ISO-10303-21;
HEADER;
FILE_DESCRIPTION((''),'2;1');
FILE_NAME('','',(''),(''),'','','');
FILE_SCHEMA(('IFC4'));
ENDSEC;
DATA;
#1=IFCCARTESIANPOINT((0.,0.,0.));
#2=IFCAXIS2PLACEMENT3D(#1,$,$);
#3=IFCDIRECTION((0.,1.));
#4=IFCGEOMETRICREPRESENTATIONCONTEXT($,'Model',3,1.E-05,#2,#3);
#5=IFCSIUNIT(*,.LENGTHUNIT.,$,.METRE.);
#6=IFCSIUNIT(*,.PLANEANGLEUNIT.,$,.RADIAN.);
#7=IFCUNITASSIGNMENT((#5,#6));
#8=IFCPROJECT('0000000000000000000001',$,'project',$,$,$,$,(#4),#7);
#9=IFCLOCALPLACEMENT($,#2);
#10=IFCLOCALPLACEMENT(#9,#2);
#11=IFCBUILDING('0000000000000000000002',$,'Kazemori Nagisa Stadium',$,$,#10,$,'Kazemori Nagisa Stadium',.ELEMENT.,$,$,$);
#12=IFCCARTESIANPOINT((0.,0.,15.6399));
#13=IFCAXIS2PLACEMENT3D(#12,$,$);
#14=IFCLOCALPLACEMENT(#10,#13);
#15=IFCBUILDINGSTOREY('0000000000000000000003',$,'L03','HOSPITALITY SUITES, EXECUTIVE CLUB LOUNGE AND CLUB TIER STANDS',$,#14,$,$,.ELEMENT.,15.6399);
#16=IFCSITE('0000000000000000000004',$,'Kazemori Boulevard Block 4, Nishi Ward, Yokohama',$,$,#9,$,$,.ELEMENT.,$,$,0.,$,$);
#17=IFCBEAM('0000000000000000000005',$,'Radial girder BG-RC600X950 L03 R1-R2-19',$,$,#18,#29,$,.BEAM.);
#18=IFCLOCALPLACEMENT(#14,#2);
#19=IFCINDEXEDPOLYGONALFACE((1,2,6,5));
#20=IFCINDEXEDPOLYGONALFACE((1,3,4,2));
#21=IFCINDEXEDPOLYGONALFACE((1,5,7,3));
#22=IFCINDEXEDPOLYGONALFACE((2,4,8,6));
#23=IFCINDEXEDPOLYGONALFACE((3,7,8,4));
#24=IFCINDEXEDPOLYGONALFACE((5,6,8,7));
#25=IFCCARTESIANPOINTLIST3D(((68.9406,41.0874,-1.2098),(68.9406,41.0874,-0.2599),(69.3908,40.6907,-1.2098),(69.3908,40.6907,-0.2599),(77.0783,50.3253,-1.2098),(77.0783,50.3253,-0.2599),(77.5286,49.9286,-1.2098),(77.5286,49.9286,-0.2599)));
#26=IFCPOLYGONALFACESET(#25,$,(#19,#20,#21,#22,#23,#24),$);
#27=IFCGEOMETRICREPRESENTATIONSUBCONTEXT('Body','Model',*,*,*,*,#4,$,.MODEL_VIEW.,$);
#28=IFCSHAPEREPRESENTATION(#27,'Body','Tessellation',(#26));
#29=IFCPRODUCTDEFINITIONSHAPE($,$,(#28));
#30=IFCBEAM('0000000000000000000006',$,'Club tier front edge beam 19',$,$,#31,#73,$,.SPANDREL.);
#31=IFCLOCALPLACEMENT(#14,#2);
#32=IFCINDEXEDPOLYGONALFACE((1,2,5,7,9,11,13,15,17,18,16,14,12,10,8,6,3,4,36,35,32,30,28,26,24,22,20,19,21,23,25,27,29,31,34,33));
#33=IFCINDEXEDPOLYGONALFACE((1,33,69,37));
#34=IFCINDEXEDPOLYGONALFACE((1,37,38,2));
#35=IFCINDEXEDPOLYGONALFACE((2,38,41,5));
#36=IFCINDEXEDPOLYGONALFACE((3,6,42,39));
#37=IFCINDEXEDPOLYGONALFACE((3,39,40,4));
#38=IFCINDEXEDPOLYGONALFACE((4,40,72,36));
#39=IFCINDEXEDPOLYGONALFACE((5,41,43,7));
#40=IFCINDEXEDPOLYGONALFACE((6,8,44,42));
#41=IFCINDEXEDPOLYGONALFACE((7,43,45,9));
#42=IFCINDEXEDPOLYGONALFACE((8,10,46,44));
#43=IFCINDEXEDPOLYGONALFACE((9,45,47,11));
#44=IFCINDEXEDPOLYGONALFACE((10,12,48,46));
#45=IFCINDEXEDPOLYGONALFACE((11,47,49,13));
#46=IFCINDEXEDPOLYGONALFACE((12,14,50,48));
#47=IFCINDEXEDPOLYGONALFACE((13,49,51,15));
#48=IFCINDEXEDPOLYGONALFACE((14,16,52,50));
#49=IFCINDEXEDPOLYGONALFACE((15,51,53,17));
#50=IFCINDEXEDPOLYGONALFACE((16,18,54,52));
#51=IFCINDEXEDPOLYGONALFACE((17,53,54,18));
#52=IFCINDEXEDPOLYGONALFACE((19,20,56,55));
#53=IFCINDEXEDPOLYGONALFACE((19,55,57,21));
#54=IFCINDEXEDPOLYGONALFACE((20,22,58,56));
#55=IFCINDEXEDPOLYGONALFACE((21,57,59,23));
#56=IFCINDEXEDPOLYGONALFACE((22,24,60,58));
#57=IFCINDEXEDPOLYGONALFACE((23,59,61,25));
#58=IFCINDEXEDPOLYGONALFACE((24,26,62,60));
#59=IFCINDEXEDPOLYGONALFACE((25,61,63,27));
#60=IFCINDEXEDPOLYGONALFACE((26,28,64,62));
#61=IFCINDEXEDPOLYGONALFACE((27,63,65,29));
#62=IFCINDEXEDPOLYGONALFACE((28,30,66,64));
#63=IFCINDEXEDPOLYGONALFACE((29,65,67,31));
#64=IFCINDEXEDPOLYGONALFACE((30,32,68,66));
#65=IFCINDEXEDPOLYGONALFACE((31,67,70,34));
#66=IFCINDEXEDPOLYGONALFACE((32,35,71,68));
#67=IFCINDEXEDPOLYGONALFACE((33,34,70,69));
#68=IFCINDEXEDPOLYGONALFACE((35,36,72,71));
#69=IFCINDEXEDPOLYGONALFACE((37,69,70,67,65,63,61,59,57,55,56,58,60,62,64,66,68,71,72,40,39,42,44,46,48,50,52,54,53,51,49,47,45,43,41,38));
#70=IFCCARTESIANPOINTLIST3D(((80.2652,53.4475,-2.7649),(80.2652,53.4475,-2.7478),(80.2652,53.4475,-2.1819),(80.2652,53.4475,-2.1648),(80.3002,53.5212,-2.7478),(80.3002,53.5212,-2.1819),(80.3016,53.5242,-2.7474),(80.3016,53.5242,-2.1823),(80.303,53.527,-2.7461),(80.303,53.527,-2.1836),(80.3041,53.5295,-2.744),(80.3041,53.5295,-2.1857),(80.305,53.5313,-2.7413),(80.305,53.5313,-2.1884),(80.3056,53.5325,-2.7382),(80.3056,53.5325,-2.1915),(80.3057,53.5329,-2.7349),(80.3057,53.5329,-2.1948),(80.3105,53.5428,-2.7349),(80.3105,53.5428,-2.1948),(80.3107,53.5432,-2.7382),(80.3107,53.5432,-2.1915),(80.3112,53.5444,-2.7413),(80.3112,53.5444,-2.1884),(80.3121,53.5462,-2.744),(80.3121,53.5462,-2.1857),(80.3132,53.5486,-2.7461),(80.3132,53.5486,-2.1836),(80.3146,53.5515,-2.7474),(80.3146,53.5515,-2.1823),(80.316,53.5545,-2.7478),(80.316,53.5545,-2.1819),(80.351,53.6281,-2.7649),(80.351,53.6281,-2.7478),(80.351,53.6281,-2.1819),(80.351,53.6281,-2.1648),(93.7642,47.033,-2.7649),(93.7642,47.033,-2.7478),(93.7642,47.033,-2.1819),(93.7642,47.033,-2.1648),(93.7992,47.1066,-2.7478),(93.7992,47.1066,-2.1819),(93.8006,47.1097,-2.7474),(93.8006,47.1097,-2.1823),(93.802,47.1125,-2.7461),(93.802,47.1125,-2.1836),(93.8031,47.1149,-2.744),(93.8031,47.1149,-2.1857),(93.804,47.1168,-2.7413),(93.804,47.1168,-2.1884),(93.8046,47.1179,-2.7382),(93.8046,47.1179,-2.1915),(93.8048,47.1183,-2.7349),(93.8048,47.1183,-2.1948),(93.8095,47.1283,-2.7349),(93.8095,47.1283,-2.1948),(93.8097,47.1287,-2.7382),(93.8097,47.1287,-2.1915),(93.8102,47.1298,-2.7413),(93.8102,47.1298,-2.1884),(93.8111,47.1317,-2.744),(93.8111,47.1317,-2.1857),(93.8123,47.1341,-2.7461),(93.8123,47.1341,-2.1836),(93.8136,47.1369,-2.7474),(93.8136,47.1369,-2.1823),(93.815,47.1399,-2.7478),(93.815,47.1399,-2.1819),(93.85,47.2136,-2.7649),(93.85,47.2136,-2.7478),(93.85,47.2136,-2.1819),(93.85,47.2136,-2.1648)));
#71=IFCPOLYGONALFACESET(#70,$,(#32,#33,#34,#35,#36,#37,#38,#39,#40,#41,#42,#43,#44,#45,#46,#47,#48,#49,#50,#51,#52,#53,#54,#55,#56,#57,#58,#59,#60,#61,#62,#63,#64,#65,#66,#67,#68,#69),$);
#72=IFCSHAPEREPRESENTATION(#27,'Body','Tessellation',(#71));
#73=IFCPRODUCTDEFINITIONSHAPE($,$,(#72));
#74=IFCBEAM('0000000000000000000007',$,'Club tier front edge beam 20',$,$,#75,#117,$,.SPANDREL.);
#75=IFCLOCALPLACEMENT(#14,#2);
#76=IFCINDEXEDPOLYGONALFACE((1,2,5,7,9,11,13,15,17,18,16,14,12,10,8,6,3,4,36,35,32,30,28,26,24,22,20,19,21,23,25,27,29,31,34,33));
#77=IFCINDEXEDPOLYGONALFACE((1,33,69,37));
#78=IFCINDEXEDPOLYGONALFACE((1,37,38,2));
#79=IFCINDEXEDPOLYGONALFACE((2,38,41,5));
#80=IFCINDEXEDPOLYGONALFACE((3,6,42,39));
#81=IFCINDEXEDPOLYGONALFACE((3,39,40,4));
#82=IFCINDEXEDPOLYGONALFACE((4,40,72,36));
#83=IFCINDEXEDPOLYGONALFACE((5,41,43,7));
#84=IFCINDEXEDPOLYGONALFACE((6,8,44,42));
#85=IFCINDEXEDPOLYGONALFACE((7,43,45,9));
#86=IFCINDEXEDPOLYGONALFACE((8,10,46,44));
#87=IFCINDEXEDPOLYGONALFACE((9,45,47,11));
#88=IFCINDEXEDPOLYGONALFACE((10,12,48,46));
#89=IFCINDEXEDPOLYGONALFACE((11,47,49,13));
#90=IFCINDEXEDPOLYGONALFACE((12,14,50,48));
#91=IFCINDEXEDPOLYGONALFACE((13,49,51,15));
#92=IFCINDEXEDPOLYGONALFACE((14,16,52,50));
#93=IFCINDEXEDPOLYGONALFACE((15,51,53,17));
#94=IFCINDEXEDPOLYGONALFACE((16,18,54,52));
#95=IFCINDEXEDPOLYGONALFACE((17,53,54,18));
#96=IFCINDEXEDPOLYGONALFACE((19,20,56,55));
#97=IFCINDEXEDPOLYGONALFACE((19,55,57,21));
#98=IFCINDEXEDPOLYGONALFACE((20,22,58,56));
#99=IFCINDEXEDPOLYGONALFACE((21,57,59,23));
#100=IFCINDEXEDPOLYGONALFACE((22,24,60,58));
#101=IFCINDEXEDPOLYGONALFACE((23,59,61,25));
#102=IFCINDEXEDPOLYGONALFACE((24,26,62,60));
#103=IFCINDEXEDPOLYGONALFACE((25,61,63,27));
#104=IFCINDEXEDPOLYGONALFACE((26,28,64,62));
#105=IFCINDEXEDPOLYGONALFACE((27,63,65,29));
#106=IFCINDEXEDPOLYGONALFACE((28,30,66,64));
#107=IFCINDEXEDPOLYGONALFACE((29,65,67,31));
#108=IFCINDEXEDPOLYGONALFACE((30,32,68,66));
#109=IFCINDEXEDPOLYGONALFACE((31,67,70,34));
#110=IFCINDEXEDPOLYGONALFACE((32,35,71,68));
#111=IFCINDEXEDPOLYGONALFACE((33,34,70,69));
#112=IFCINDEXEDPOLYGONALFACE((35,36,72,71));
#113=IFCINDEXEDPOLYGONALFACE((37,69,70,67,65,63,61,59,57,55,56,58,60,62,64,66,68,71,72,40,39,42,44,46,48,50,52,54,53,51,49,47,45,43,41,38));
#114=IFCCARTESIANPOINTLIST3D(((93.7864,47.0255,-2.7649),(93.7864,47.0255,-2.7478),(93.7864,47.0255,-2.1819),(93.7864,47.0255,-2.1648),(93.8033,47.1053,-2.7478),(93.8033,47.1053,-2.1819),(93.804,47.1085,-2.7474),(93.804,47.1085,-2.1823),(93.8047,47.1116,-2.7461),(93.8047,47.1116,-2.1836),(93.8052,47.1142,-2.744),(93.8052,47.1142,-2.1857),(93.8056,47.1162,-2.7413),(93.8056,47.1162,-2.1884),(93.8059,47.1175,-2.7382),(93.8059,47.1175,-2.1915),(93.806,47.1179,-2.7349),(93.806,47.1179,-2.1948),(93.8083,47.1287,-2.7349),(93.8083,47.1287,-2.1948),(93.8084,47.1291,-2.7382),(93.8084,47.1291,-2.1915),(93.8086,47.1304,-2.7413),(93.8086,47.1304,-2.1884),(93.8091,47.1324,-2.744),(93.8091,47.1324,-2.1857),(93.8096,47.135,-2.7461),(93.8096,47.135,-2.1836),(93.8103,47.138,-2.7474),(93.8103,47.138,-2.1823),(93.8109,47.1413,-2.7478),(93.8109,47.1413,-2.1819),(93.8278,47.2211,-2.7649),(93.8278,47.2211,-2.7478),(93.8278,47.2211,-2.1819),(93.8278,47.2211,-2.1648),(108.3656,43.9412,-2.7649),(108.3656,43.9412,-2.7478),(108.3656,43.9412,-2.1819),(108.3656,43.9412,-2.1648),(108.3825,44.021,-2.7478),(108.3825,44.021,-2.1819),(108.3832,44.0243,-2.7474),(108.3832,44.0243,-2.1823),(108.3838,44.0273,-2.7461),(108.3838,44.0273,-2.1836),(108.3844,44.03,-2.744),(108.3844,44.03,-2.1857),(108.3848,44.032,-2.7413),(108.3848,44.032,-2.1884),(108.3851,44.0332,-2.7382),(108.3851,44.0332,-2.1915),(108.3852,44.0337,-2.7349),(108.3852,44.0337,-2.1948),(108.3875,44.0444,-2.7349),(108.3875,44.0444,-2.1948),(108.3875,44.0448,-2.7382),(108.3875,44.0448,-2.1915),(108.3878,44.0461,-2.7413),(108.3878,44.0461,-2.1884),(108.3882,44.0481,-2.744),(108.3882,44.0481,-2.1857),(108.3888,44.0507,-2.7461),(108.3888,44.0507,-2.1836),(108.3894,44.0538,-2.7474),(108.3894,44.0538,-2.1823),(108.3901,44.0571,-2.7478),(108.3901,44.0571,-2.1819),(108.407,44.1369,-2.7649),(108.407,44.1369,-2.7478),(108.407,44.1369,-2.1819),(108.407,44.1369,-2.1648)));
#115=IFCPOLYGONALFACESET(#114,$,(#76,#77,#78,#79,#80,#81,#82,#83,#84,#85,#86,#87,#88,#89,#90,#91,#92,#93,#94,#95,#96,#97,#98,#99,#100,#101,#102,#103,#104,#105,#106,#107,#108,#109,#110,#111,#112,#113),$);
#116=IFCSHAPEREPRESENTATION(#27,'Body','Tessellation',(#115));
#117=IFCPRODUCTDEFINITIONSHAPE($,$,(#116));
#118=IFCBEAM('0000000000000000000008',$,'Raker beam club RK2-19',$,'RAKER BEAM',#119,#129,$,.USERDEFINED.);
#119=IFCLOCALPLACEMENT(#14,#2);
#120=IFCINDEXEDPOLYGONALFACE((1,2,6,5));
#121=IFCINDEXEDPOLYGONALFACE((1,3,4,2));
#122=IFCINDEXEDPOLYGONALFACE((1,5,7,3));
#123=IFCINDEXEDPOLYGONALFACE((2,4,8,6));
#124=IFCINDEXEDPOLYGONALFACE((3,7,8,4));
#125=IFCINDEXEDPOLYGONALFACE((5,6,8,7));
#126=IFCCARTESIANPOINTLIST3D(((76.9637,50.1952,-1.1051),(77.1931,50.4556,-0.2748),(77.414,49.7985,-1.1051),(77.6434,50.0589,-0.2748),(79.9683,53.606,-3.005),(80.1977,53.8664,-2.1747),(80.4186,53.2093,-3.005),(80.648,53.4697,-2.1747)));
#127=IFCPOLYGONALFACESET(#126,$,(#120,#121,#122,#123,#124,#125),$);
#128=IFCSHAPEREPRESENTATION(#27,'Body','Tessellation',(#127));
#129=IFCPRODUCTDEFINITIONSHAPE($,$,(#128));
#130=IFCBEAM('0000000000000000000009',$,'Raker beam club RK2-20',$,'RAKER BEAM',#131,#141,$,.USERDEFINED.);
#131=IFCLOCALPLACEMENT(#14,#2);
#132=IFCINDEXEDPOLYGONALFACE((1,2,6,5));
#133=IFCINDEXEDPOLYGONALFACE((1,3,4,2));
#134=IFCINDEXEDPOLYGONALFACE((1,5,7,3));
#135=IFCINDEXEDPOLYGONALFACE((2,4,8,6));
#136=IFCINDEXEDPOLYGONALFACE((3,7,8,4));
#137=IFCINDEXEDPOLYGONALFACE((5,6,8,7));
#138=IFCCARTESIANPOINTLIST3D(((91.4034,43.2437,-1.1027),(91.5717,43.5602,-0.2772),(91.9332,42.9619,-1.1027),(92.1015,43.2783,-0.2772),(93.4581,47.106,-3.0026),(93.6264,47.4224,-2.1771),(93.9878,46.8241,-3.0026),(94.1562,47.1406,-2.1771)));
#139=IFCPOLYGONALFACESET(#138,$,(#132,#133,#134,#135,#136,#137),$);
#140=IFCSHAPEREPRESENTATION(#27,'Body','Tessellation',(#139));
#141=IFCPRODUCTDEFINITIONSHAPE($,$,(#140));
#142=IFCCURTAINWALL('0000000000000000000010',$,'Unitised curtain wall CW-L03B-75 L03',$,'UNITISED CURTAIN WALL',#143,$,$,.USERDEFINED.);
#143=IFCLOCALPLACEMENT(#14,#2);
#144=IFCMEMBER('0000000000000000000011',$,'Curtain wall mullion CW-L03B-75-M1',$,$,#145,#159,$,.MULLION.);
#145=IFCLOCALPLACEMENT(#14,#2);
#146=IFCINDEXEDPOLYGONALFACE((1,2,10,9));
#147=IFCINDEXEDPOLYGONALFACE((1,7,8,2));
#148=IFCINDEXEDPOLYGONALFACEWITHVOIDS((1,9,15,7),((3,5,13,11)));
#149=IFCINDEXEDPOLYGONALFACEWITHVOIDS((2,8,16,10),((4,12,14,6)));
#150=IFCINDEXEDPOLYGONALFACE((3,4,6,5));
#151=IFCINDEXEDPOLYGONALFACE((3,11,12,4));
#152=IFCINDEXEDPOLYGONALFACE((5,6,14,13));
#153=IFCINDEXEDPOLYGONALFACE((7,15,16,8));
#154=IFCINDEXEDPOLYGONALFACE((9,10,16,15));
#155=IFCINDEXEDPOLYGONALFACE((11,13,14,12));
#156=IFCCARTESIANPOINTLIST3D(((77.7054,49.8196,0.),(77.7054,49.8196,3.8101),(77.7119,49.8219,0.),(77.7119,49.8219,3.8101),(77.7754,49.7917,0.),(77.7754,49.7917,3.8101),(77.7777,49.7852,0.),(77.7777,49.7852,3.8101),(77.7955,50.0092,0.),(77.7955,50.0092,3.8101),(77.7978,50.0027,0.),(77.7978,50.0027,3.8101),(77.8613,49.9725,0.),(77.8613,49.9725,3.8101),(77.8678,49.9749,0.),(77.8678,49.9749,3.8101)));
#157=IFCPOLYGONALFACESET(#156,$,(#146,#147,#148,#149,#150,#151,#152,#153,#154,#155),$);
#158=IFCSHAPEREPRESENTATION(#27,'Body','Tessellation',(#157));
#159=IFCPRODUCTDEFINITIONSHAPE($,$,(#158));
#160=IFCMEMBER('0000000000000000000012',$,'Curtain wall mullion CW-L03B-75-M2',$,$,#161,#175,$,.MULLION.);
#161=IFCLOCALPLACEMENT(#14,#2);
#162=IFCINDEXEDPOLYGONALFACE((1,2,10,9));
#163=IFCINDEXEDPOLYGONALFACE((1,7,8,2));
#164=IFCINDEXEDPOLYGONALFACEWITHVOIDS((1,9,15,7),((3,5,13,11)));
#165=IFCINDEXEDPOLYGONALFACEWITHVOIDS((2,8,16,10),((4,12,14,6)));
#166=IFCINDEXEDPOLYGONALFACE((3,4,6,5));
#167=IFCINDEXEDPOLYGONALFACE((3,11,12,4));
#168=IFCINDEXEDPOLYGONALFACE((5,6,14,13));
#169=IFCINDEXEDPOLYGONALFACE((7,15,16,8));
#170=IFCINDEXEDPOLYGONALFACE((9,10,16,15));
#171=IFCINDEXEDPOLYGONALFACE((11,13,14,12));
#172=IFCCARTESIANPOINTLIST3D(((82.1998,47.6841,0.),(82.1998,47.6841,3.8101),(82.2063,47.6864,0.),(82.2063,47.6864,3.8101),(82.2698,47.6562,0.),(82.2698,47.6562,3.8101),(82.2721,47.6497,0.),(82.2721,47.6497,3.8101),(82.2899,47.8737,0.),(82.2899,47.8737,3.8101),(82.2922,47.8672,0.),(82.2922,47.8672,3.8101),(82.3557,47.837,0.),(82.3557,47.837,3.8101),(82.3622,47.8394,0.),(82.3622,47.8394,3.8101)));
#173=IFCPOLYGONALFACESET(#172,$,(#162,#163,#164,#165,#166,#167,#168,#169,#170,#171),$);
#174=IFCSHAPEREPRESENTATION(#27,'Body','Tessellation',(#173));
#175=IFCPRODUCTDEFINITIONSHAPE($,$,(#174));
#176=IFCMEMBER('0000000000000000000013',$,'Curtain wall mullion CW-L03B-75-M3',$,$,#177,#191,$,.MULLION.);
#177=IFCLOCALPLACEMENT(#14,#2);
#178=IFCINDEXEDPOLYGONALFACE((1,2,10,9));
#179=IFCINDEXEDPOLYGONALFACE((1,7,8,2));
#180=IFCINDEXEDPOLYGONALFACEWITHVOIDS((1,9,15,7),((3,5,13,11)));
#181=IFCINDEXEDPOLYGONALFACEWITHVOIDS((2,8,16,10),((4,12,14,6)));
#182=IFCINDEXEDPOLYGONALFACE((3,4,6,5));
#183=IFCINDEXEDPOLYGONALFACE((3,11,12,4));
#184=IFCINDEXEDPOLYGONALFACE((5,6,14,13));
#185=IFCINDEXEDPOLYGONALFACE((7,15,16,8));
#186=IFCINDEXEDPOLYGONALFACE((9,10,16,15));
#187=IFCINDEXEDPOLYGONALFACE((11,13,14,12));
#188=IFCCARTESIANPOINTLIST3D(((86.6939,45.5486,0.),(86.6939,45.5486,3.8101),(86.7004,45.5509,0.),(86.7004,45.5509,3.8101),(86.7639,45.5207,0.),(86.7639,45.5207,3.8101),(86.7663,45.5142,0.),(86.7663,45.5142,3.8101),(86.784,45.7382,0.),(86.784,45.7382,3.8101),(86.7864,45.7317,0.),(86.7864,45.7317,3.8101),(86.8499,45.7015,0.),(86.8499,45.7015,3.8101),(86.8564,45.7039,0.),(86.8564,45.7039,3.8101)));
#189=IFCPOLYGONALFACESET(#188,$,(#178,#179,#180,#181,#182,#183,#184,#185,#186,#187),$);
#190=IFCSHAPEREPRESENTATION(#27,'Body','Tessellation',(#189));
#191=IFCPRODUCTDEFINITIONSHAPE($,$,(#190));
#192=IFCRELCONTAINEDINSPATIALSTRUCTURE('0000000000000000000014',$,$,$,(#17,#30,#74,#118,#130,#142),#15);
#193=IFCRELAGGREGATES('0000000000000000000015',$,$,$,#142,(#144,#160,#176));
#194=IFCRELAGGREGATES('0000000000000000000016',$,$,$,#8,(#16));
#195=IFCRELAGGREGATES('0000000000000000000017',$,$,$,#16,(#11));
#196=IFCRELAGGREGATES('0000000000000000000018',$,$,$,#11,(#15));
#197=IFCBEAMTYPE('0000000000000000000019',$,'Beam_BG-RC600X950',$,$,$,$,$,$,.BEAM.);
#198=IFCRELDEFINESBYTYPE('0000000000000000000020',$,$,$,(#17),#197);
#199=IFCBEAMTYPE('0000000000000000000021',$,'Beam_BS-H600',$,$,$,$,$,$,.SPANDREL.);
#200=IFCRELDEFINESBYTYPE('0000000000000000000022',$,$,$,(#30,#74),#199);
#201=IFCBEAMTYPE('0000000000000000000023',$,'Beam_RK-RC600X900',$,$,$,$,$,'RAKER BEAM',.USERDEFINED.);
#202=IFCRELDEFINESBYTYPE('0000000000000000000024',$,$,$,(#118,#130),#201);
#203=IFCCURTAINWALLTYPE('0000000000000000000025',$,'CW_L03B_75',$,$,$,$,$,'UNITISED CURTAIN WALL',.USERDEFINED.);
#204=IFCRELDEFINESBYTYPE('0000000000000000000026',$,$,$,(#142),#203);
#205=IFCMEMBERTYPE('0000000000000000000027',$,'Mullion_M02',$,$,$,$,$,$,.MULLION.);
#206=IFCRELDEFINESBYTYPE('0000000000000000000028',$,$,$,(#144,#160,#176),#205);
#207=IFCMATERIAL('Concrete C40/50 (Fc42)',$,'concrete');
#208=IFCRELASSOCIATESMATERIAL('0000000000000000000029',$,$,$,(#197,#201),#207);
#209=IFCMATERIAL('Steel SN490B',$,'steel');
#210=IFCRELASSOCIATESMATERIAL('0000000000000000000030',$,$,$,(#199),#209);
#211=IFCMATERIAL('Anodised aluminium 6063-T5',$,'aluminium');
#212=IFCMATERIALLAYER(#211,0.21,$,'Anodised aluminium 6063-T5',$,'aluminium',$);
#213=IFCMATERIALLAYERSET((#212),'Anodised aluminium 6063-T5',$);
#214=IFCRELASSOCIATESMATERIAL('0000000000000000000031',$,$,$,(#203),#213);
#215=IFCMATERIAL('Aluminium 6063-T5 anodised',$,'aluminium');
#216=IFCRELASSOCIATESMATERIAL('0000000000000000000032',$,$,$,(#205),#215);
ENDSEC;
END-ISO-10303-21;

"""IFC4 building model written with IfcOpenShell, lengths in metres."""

from ifc_helpers import new_model, si_unit, direction, frame, origin, origin_2d, place, context, subcontext, project, spatial, rectangle, hollow_rectangle, i_section, extrude, material, layer, layer_set, material_profile, profile_set, type_object, element, aggregate, save


model = new_model("IFC4")

# Units and contexts
model_context = context("Model", 3, precision=1e-05, world=origin(), true_north=direction((0.0, 1.0)))
body_context = subcontext(model_context, "Body", "Model", "MODEL_VIEW")
ifc_project = project(units=[si_unit("LENGTHUNIT", "METRE"), si_unit("PLANEANGLEUNIT", "RADIAN")], contexts=[model_context])

# Site, building, storey
site_placement = place(None, origin())
site = spatial("IfcSite", under=ifc_project, at=site_placement, Name="Kazemori Boulevard Block 4, Nishi Ward, Yokohama", CompositionType="ELEMENT", RefElevation=0.0)
building_placement = place(site_placement, origin())
building = spatial("IfcBuilding", under=site, at=building_placement, Name="Kazemori Nagisa Stadium", LongName="Kazemori Nagisa Stadium", CompositionType="ELEMENT")
storey_placement = place(building_placement, frame((0.0, 0.0, 15.6399)))
storey = spatial("IfcBuildingStorey", under=building, at=storey_placement, Name="L03", Description="HOSPITALITY SUITES, EXECUTIVE CLUB LOUNGE AND CLUB TIER STANDS", CompositionType="ELEMENT", Elevation=15.6399)

# Beams
ifc_material_1 = material(Name="Concrete C40/50 (Fc42)", Category="concrete")
ifc_material_profile_1 = material_profile(ifc_material_1, rectangle(XDim=0.6001, YDim=0.95, at=origin_2d()), Name="RC-BM-600x950")
ifc_profile_set_1 = profile_set([ifc_material_profile_1], Name="Concrete C40/50 (Fc42)")
beam_type_1 = type_object("IfcBeamType", Name="Beam_BG-RC600X950", PredefinedType="BEAM", material=ifc_profile_set_1)
beam_1_placement = place(storey_placement, frame((77.3035, 50.127, -0.7349), z_axis=(-0.661014, -0.750374, 0.0), x_axis=(0.750374, -0.661014, 0.0)))
element("IfcBeam", 1, at=beam_1_placement, inside=storey, type_object=beam_type_1, Name="Radial girder BG-RC600X950 L03 R1-R2-19", PredefinedType="BEAM", context=body_context, shape_type="SweptSolid", body=[
    extrude(rectangle(XDim=0.6001, YDim=0.95, at=origin_2d()), origin(), (0.0, 0.0, 1.0), 12.311),
])
ifc_material_2 = material(Name="Steel SN490B", Category="steel")
ifc_material_profile_2 = material_profile(ifc_material_2, i_section(OverallWidth=0.2, OverallDepth=0.6001, WebThickness=0.011, FlangeThickness=0.0171, FilletRadius=0.0129, at=origin_2d()), Name="H-600x200x11x17")
ifc_profile_set_2 = profile_set([ifc_material_profile_2], Name="Steel SN490B")
beam_type_2 = type_object("IfcBeamType", Name="Beam_BS-H600", PredefinedType="SPANDREL", material=ifc_profile_set_2)
beam_2_placement = place(storey_placement, frame((80.3081, 53.5378, -2.4648), z_axis=(0.903212, -0.429194, 0.0), x_axis=(0.429194, 0.903212, 0.0)))
element("IfcBeam", 2, at=beam_2_placement, inside=storey, type_object=beam_type_2, Name="Club tier front edge beam 19", PredefinedType="SPANDREL", context=body_context, shape_type="SweptSolid", body=[
    extrude(i_section(OverallWidth=0.2, OverallDepth=0.6001, WebThickness=0.011, FlangeThickness=0.0171, FilletRadius=0.0129, at=origin_2d()), origin(), (0.0, 0.0, 1.0), 14.9456),
])
beam_3_placement = place(storey_placement, frame((93.8071, 47.1233, -2.4648), z_axis=(0.978347, -0.206971, 0.0), x_axis=(0.206971, 0.978347, 0.0)))
element("IfcBeam", 3, at=beam_3_placement, inside=storey, type_object=beam_type_2, Name="Club tier front edge beam 20", PredefinedType="SPANDREL", context=body_context, shape_type="SweptSolid", body=[
    extrude(i_section(OverallWidth=0.2, OverallDepth=0.6001, WebThickness=0.011, FlangeThickness=0.0171, FilletRadius=0.0129, at=origin_2d()), origin(), (0.0, 0.0, 1.0), 14.9019),
])
ifc_material_profile_3 = material_profile(ifc_material_1, rectangle(XDim=0.6001, YDim=0.8999, at=origin_2d()), Name="RC-RK-600x900")
ifc_profile_set_3 = profile_set([ifc_material_profile_3], Name="Concrete C40/50 (Fc42)")
beam_type_3 = type_object("IfcBeamType", Name="Beam_RK-RC600X900", ElementType="RAKER BEAM", PredefinedType="USERDEFINED", material=ifc_profile_set_3)
beam_4_placement = place(storey_placement, frame((80.3081, 53.5378, -2.5898), z_axis=(-0.609878, -0.692338, 0.38564), x_axis=(0.75038, -0.661007, 0.0)))
element("IfcBeam", 4, at=beam_4_placement, inside=storey, type_object=beam_type_3, Name="Raker beam club RK2-19", ObjectType="RAKER BEAM", PredefinedType="USERDEFINED", context=body_context, shape_type="SweptSolid", body=[
    extrude(rectangle(XDim=0.6001, YDim=0.8999, at=origin_2d()), origin(), (0.0, 0.0, 1.0), 4.9265),
])
beam_5_placement = place(storey_placement, frame((93.8071, 47.1233, -2.5898), z_axis=(-0.430791, -0.809781, 0.398339), x_axis=(0.882847, -0.469661, 0.0)))
element("IfcBeam", 5, at=beam_5_placement, inside=storey, type_object=beam_type_3, Name="Raker beam club RK2-20", ObjectType="RAKER BEAM", PredefinedType="USERDEFINED", context=body_context, shape_type="SweptSolid", body=[
    extrude(rectangle(XDim=0.6001, YDim=0.8999, at=origin_2d()), origin(), (0.0, 0.0, 1.0), 4.7695),
])

# Curtain wall, members
ifc_material_3 = material(Name="Anodised aluminium 6063-T5", Category="aluminium")
ifc_layer_1 = layer(ifc_material_3, 0.21, Name="Anodised aluminium 6063-T5", Category="aluminium")
ifc_layer_set_1 = layer_set([ifc_layer_1], Name="Anodised aluminium 6063-T5")
curtain_wall_type = type_object("IfcCurtainWallType", Name="CW_L03B_75", ElementType="UNITISED CURTAIN WALL", PredefinedType="USERDEFINED", material=ifc_layer_set_1)
curtain_wall_placement = place(storey_placement, origin())
curtain_wall = element("IfcCurtainWall", 6, at=curtain_wall_placement, inside=storey, type_object=curtain_wall_type, Name="Unitised curtain wall CW-L03B-75 L03", ObjectType="UNITISED CURTAIN WALL", PredefinedType="USERDEFINED")
ifc_material_4 = material(Name="Aluminium 6063-T5 anodised", Category="aluminium")
ifc_material_profile_4 = material_profile(ifc_material_4, hollow_rectangle(XDim=0.0801, YDim=0.21, WallThickness=0.0049, at=origin_2d()), Name="ALU-MULL-80x210x5")
ifc_profile_set_4 = profile_set([ifc_material_profile_4], Name="Aluminium 6063-T5 anodised")
member_type_1 = type_object("IfcMemberType", Name="Mullion_M02", PredefinedType="MULLION", material=ifc_profile_set_4)
member_1_placement = place(storey_placement, frame((77.7866, 49.8972, 0.0), z_axis=(0.0, 0.0, 1.0), x_axis=(0.903216, -0.429186, 0.0)))
member_1 = element("IfcMember", 7, at=member_1_placement, type_object=member_type_1, Name="Curtain wall mullion CW-L03B-75-M1", PredefinedType="MULLION", context=body_context, shape_type="SweptSolid", body=[
    extrude(hollow_rectangle(XDim=0.0801, YDim=0.21, WallThickness=0.0049, at=origin_2d()), origin(), (0.0, 0.0, 1.0), 3.8101),
])
member_2_placement = place(storey_placement, frame((82.281, 47.7617, 0.0), z_axis=(0.0, 0.0, 1.0), x_axis=(0.903216, -0.429186, 0.0)))
member_2 = element("IfcMember", 8, at=member_2_placement, type_object=member_type_1, Name="Curtain wall mullion CW-L03B-75-M2", PredefinedType="MULLION", context=body_context, shape_type="SweptSolid", body=[
    extrude(hollow_rectangle(XDim=0.0801, YDim=0.21, WallThickness=0.0049, at=origin_2d()), origin(), (0.0, 0.0, 1.0), 3.8101),
])
member_3_placement = place(storey_placement, frame((86.7751, 45.6262, 0.0), z_axis=(0.0, 0.0, 1.0), x_axis=(0.903216, -0.429186, 0.0)))
member_3 = element("IfcMember", 9, at=member_3_placement, type_object=member_type_1, Name="Curtain wall mullion CW-L03B-75-M3", PredefinedType="MULLION", context=body_context, shape_type="SweptSolid", body=[
    extrude(hollow_rectangle(XDim=0.0801, YDim=0.21, WallThickness=0.0049, at=origin_2d()), origin(), (0.0, 0.0, 1.0), 3.8101),
])
aggregate(curtain_wall, [member_1, member_2, member_3])

save(model, "model.ifc")
